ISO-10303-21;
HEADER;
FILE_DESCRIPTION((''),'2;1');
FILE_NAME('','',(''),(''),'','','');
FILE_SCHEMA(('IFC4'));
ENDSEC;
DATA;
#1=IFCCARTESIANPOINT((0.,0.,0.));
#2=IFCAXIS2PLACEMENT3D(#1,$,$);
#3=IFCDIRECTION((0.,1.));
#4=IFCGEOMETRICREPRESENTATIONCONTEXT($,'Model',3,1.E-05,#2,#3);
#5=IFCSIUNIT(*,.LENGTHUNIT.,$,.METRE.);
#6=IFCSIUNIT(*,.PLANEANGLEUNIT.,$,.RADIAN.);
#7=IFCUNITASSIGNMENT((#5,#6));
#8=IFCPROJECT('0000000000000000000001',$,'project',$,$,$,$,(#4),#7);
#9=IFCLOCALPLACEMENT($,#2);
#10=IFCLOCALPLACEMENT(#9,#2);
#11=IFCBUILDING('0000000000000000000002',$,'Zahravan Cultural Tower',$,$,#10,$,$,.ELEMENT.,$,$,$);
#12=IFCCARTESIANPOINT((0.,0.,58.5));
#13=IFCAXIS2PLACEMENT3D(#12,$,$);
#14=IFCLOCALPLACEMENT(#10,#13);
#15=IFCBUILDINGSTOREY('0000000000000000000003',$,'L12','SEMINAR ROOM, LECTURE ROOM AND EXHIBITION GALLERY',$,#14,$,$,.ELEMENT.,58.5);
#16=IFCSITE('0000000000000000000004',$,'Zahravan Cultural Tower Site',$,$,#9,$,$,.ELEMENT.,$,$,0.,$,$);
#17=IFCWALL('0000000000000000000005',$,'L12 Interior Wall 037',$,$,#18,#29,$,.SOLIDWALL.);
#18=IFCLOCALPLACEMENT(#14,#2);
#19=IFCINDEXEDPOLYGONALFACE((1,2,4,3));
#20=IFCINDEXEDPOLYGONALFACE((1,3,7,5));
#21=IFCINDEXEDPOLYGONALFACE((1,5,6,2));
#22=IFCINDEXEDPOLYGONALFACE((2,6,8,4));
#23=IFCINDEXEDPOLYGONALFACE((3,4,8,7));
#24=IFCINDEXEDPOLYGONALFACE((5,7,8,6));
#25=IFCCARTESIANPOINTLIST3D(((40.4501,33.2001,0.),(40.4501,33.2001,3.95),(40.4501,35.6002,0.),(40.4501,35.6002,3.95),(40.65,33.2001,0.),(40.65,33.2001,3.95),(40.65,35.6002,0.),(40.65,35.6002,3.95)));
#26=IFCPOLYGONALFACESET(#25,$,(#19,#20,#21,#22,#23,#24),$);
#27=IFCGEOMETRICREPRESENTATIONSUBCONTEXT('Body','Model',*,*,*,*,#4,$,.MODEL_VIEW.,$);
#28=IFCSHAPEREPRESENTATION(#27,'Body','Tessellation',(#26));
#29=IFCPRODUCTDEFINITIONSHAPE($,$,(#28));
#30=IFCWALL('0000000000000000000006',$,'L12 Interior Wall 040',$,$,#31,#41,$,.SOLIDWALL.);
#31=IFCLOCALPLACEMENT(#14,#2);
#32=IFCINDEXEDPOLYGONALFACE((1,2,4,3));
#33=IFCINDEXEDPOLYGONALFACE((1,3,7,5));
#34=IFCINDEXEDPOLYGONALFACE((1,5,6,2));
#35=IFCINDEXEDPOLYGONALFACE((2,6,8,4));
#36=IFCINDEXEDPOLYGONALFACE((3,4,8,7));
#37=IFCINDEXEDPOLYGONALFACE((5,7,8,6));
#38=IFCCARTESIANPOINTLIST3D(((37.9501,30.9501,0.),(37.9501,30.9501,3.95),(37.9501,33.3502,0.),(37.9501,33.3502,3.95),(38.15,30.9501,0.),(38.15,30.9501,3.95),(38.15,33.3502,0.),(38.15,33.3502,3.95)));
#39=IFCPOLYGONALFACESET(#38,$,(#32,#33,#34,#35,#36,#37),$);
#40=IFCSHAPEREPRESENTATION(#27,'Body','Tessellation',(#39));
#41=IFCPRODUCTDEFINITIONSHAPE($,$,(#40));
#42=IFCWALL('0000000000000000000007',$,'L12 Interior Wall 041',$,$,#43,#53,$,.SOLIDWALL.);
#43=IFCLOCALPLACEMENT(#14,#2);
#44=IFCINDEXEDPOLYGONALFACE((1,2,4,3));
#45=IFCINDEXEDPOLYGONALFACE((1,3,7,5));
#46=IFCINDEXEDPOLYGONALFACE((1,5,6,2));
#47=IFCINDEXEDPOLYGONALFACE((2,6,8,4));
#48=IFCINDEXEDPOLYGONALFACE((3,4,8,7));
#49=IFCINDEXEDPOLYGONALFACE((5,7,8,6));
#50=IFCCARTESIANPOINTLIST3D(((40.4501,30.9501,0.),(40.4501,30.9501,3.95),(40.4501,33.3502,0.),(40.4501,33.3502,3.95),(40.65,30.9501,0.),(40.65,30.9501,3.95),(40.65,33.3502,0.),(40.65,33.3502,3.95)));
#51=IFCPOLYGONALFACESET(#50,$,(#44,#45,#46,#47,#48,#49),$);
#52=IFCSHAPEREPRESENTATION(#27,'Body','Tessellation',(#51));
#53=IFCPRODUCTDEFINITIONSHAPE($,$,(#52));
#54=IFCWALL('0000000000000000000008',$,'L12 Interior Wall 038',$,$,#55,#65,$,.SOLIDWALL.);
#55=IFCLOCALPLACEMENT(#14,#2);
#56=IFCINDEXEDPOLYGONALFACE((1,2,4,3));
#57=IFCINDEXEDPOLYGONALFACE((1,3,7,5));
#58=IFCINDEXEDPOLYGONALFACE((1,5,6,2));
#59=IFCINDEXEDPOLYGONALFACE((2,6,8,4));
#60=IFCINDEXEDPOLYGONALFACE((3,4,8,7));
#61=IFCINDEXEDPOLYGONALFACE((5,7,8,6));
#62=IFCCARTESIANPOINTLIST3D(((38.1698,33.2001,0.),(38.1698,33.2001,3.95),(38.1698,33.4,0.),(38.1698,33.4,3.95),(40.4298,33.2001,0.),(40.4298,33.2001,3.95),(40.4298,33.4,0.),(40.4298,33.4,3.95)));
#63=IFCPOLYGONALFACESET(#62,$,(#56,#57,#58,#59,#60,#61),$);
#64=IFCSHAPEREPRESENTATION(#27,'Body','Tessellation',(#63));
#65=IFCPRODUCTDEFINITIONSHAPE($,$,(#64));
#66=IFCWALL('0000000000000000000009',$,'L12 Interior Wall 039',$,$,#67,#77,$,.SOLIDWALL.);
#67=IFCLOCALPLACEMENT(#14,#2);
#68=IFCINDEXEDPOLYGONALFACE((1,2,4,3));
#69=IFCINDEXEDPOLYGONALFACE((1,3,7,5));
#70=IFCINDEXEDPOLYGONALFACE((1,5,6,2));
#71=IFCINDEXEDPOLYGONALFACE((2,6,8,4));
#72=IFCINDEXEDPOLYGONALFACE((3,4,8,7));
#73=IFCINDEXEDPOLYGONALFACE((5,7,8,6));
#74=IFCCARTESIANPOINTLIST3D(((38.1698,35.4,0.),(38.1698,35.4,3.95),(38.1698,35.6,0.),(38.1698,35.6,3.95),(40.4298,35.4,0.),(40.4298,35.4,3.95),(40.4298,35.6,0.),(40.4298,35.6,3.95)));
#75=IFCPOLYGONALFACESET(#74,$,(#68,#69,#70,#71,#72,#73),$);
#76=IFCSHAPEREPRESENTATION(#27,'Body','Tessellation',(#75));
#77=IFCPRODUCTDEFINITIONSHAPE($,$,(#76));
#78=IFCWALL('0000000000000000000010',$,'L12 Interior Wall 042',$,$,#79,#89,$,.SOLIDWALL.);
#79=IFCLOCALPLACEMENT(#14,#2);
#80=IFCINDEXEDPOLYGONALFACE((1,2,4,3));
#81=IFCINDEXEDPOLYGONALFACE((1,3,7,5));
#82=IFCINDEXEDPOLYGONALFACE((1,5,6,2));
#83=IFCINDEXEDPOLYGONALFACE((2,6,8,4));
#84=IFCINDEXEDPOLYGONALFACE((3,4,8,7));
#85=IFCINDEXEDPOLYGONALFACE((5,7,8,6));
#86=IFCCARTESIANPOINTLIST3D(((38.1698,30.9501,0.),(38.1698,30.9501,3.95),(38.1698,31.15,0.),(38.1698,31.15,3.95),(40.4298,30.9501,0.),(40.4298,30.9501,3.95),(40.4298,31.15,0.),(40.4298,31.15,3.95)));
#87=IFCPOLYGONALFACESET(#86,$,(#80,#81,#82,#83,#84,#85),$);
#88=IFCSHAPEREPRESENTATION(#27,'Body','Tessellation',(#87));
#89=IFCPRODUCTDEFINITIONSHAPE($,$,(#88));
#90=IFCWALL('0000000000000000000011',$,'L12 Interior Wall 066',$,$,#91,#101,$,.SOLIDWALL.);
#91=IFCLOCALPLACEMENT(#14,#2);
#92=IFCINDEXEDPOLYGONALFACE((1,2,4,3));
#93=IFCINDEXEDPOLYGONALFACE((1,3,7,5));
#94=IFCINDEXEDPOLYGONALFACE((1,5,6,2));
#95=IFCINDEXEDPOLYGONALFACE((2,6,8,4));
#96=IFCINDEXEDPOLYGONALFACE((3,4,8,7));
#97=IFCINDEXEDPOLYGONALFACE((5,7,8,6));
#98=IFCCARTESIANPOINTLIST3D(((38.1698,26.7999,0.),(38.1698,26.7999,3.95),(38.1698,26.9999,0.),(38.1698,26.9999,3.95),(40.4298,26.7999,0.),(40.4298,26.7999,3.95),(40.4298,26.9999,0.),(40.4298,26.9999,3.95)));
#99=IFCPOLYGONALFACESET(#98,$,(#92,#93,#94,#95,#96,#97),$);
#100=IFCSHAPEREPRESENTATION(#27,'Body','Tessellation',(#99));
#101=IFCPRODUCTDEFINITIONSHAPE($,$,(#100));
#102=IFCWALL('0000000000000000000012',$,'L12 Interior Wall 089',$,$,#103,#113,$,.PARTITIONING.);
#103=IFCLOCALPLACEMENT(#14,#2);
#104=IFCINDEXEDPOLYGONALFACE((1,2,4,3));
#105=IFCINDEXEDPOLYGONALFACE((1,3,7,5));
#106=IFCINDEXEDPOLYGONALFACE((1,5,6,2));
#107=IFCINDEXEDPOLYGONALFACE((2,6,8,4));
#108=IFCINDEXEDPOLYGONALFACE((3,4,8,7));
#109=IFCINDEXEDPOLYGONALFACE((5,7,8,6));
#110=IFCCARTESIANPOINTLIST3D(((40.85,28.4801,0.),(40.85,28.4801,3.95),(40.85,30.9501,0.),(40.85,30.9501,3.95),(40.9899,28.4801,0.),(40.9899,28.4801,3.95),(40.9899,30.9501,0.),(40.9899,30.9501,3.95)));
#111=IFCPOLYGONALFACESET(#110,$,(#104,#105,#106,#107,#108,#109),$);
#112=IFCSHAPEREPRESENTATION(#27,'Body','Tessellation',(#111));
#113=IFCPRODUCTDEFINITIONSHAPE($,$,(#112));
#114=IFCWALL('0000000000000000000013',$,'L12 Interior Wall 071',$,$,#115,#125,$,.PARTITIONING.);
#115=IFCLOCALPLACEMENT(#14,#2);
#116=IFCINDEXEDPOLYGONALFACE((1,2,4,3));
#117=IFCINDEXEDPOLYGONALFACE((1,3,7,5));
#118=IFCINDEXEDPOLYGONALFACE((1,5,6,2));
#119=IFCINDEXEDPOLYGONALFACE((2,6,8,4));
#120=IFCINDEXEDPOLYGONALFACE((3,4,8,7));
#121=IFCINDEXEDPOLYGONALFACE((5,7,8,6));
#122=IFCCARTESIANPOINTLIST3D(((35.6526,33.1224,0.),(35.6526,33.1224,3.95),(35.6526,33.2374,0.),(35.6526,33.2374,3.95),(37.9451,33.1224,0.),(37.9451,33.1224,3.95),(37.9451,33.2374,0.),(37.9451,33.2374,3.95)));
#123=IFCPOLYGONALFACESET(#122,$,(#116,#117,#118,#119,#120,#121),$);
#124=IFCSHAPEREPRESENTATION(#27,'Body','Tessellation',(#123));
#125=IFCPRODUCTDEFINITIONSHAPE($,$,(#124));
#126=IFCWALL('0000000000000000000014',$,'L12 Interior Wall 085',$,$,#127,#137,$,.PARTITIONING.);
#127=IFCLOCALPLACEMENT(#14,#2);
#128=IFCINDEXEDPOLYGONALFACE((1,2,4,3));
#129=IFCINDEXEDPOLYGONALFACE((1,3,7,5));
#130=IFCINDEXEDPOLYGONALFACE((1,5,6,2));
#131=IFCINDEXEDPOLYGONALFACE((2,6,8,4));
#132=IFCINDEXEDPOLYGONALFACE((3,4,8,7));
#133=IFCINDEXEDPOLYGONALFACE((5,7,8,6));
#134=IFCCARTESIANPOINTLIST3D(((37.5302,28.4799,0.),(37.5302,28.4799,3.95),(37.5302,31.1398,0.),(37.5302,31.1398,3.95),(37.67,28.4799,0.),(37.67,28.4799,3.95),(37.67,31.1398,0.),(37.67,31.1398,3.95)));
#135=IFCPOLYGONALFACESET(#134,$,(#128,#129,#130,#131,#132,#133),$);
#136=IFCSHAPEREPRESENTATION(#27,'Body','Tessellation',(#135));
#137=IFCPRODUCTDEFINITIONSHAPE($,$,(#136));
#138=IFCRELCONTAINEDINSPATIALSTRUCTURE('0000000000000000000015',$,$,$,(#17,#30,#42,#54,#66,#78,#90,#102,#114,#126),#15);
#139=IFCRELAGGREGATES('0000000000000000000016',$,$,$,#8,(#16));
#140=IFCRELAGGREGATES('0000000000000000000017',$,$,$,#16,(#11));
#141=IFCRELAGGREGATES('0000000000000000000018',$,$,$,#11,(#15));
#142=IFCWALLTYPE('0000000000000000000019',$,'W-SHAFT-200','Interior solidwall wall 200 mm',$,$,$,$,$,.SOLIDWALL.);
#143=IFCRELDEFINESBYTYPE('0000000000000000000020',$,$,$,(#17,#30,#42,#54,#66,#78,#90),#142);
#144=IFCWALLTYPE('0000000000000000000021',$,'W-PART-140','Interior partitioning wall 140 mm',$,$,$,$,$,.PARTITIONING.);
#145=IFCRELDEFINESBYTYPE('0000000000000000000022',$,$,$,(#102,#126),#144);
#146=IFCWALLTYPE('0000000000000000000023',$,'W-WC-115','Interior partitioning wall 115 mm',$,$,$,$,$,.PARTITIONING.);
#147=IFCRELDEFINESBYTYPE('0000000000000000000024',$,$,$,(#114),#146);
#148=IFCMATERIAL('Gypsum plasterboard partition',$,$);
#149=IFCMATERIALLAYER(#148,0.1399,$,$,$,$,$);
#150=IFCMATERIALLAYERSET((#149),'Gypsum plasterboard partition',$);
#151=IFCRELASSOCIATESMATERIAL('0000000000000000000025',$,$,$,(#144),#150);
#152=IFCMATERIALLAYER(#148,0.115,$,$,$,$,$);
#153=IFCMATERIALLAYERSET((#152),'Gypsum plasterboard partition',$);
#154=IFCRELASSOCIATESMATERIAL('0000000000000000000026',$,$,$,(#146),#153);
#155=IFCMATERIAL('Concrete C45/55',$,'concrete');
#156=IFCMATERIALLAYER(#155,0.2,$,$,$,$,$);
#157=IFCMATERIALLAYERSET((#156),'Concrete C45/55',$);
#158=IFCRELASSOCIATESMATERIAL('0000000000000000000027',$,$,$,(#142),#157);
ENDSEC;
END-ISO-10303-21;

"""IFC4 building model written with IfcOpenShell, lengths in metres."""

from ifc_helpers import new_model, si_unit, direction, frame, frame_2d, origin, place, context, subcontext, project, spatial, rectangle, extrude, source, transform, mapped, material, layer, layer_set, type_object, element, save


model = new_model("IFC4")

# Units and contexts
model_context = context("Model", 3, precision=1e-05, world=origin(), true_north=direction((0.0, 1.0)))
body_context = subcontext(model_context, "Body", "Model", "MODEL_VIEW")
ifc_project = project(units=[si_unit("LENGTHUNIT", "METRE"), si_unit("PLANEANGLEUNIT", "RADIAN")], contexts=[model_context])

# Site, building, storey
site_placement = place(None, origin())
site = spatial("IfcSite", under=ifc_project, at=site_placement, Name="Zahravan Cultural Tower Site", CompositionType="ELEMENT", RefElevation=0.0)
building_placement = place(site_placement, origin())
building = spatial("IfcBuilding", under=site, at=building_placement, Name="Zahravan Cultural Tower", CompositionType="ELEMENT")
storey_placement = place(building_placement, frame((0.0, 0.0, 58.5)))
storey = spatial("IfcBuildingStorey", under=building, at=storey_placement, Name="L12", Description="SEMINAR ROOM, LECTURE ROOM AND EXHIBITION GALLERY", CompositionType="ELEMENT", Elevation=58.5)

# Shared definitions
ifc_material_1 = material(Name="Gypsum plasterboard partition")
ifc_layer_1 = layer(ifc_material_1, 0.1399)
ifc_layer_set_1 = layer_set([ifc_layer_1], Name="Gypsum plasterboard partition")
wall_type_1 = type_object("IfcWallType", Name="W-PART-140", Description="Interior partitioning wall 140 mm", PredefinedType="PARTITIONING", material=ifc_layer_set_1)
ifc_layer_2 = layer(ifc_material_1, 0.115)
ifc_layer_set_2 = layer_set([ifc_layer_2], Name="Gypsum plasterboard partition")
wall_type_2 = type_object("IfcWallType", Name="W-WC-115", Description="Interior partitioning wall 115 mm", PredefinedType="PARTITIONING", material=ifc_layer_set_2)

# Walls
ifc_material_2 = material(Name="Concrete C45/55", Category="concrete")
ifc_layer_3 = layer(ifc_material_2, 0.2)
ifc_layer_set_3 = layer_set([ifc_layer_3], Name="Concrete C45/55")
wall_type_3 = type_object("IfcWallType", Name="W-SHAFT-200", Description="Interior solidwall wall 200 mm", PredefinedType="SOLIDWALL", material=ifc_layer_set_3)
shared_shape_1 = source(origin(), body_context, "Body", "SweptSolid", [
    extrude(rectangle(XDim=2.4001, YDim=0.2, at=frame_2d((1.2002, 0.0))), origin(), (0.0, 0.0, 1.0), 3.95),
])
for number, where, z_axis, x_axis, name in (
    (1, (40.55, 33.2, 0.0), (0.0, 0.0, 1.0), (0.0, 1.0, 0.0), "L12 Interior Wall 037"),
    (2, (38.05, 30.95, 0.0), (0.0, 0.0, 1.0), (0.0, 1.0, 0.0), "L12 Interior Wall 040"),
    (3, (40.55, 30.95, 0.0), (0.0, 0.0, 1.0), (0.0, 1.0, 0.0), "L12 Interior Wall 041"),
):
    element("IfcWall", number, at=place(storey_placement, frame(where, z_axis=z_axis, x_axis=x_axis)), inside=storey, type_object=wall_type_3, Name=name, PredefinedType="SOLIDWALL", context=body_context, shape_type="MappedRepresentation", body=[
        mapped(shared_shape_1, transform((0.0, 0.0, 0.0), x_axis=(1.0, 0.0, 0.0), y_axis=(0.0, 1.0, 0.0), z_axis=(0.0, 0.0, 1.0), scale=1.0)),
    ])
shared_shape_2 = source(origin(), body_context, "Body", "SweptSolid", [
    extrude(rectangle(XDim=2.26, YDim=0.2, at=frame_2d((1.1299, 0.0))), origin(), (0.0, 0.0, 1.0), 3.95),
])
for number, where, z_axis, x_axis, name in (
    (4, (38.1699, 33.3, 0.0), (0.0, 0.0, 1.0), (1.0, 0.0, 0.0), "L12 Interior Wall 038"),
    (5, (38.1699, 35.5, 0.0), (0.0, 0.0, 1.0), (1.0, 0.0, 0.0), "L12 Interior Wall 039"),
    (6, (38.1699, 31.05, 0.0), (0.0, 0.0, 1.0), (1.0, 0.0, 0.0), "L12 Interior Wall 042"),
    (7, (38.1699, 26.8999, 0.0), (0.0, 0.0, 1.0), (1.0, 0.0, 0.0), "L12 Interior Wall 066"),
):
    element("IfcWall", number, at=place(storey_placement, frame(where, z_axis=z_axis, x_axis=x_axis)), inside=storey, type_object=wall_type_3, Name=name, PredefinedType="SOLIDWALL", context=body_context, shape_type="MappedRepresentation", body=[
        mapped(shared_shape_2, transform((0.0, 0.0, 0.0), x_axis=(1.0, 0.0, 0.0), y_axis=(0.0, 1.0, 0.0), z_axis=(0.0, 0.0, 1.0), scale=1.0)),
    ])
shared_shape_3 = source(origin(), body_context, "Body", "SweptSolid", [
    extrude(rectangle(XDim=2.47, YDim=0.1399, at=frame_2d((1.2349, 0.0))), origin(), (0.0, 0.0, 1.0), 3.95),
])
wall_1_placement = place(storey_placement, frame((40.9199, 30.95, 0.0), z_axis=(0.0, 0.0, 1.0), x_axis=(0.0, -1.0, 0.0)))
element("IfcWall", 8, at=wall_1_placement, inside=storey, type_object=wall_type_1, Name="L12 Interior Wall 089", PredefinedType="PARTITIONING", context=body_context, shape_type="MappedRepresentation", body=[
    mapped(shared_shape_3, transform((0.0, 0.0, 0.0), x_axis=(1.0, 0.0, 0.0), y_axis=(0.0, 1.0, 0.0), z_axis=(0.0, 0.0, 1.0), scale=1.0)),
])
shared_shape_4 = source(origin(), body_context, "Body", "SweptSolid", [
    extrude(rectangle(XDim=2.2925, YDim=0.115, at=frame_2d((1.1462, 0.0))), origin(), (0.0, 0.0, 1.0), 3.95),
])
wall_2_placement = place(storey_placement, frame((35.6526, 33.1799, 0.0), z_axis=(0.0, 0.0, 1.0), x_axis=(1.0, 0.0, 0.0)))
element("IfcWall", 9, at=wall_2_placement, inside=storey, type_object=wall_type_2, Name="L12 Interior Wall 071", PredefinedType="PARTITIONING", context=body_context, shape_type="MappedRepresentation", body=[
    mapped(shared_shape_4, transform((0.0, 0.0, 0.0), x_axis=(1.0, 0.0, 0.0), y_axis=(0.0, 1.0, 0.0), z_axis=(0.0, 0.0, 1.0), scale=1.0)),
])
shared_shape_5 = source(origin(), body_context, "Body", "SweptSolid", [
    extrude(rectangle(XDim=2.6599, YDim=0.1399, at=frame_2d((1.3301, 0.0))), origin(), (0.0, 0.0, 1.0), 3.95),
])
wall_3_placement = place(storey_placement, frame((37.6001, 31.1399, 0.0), z_axis=(0.0, 0.0, 1.0), x_axis=(0.0, -1.0, 0.0)))
element("IfcWall", 10, at=wall_3_placement, inside=storey, type_object=wall_type_1, Name="L12 Interior Wall 085", PredefinedType="PARTITIONING", context=body_context, shape_type="MappedRepresentation", body=[
    mapped(shared_shape_5, transform((0.0, 0.0, 0.0), x_axis=(1.0, 0.0, 0.0), y_axis=(0.0, 1.0, 0.0), z_axis=(0.0, 0.0, 1.0), scale=1.0)),
])

save(model, "model.ifc")
